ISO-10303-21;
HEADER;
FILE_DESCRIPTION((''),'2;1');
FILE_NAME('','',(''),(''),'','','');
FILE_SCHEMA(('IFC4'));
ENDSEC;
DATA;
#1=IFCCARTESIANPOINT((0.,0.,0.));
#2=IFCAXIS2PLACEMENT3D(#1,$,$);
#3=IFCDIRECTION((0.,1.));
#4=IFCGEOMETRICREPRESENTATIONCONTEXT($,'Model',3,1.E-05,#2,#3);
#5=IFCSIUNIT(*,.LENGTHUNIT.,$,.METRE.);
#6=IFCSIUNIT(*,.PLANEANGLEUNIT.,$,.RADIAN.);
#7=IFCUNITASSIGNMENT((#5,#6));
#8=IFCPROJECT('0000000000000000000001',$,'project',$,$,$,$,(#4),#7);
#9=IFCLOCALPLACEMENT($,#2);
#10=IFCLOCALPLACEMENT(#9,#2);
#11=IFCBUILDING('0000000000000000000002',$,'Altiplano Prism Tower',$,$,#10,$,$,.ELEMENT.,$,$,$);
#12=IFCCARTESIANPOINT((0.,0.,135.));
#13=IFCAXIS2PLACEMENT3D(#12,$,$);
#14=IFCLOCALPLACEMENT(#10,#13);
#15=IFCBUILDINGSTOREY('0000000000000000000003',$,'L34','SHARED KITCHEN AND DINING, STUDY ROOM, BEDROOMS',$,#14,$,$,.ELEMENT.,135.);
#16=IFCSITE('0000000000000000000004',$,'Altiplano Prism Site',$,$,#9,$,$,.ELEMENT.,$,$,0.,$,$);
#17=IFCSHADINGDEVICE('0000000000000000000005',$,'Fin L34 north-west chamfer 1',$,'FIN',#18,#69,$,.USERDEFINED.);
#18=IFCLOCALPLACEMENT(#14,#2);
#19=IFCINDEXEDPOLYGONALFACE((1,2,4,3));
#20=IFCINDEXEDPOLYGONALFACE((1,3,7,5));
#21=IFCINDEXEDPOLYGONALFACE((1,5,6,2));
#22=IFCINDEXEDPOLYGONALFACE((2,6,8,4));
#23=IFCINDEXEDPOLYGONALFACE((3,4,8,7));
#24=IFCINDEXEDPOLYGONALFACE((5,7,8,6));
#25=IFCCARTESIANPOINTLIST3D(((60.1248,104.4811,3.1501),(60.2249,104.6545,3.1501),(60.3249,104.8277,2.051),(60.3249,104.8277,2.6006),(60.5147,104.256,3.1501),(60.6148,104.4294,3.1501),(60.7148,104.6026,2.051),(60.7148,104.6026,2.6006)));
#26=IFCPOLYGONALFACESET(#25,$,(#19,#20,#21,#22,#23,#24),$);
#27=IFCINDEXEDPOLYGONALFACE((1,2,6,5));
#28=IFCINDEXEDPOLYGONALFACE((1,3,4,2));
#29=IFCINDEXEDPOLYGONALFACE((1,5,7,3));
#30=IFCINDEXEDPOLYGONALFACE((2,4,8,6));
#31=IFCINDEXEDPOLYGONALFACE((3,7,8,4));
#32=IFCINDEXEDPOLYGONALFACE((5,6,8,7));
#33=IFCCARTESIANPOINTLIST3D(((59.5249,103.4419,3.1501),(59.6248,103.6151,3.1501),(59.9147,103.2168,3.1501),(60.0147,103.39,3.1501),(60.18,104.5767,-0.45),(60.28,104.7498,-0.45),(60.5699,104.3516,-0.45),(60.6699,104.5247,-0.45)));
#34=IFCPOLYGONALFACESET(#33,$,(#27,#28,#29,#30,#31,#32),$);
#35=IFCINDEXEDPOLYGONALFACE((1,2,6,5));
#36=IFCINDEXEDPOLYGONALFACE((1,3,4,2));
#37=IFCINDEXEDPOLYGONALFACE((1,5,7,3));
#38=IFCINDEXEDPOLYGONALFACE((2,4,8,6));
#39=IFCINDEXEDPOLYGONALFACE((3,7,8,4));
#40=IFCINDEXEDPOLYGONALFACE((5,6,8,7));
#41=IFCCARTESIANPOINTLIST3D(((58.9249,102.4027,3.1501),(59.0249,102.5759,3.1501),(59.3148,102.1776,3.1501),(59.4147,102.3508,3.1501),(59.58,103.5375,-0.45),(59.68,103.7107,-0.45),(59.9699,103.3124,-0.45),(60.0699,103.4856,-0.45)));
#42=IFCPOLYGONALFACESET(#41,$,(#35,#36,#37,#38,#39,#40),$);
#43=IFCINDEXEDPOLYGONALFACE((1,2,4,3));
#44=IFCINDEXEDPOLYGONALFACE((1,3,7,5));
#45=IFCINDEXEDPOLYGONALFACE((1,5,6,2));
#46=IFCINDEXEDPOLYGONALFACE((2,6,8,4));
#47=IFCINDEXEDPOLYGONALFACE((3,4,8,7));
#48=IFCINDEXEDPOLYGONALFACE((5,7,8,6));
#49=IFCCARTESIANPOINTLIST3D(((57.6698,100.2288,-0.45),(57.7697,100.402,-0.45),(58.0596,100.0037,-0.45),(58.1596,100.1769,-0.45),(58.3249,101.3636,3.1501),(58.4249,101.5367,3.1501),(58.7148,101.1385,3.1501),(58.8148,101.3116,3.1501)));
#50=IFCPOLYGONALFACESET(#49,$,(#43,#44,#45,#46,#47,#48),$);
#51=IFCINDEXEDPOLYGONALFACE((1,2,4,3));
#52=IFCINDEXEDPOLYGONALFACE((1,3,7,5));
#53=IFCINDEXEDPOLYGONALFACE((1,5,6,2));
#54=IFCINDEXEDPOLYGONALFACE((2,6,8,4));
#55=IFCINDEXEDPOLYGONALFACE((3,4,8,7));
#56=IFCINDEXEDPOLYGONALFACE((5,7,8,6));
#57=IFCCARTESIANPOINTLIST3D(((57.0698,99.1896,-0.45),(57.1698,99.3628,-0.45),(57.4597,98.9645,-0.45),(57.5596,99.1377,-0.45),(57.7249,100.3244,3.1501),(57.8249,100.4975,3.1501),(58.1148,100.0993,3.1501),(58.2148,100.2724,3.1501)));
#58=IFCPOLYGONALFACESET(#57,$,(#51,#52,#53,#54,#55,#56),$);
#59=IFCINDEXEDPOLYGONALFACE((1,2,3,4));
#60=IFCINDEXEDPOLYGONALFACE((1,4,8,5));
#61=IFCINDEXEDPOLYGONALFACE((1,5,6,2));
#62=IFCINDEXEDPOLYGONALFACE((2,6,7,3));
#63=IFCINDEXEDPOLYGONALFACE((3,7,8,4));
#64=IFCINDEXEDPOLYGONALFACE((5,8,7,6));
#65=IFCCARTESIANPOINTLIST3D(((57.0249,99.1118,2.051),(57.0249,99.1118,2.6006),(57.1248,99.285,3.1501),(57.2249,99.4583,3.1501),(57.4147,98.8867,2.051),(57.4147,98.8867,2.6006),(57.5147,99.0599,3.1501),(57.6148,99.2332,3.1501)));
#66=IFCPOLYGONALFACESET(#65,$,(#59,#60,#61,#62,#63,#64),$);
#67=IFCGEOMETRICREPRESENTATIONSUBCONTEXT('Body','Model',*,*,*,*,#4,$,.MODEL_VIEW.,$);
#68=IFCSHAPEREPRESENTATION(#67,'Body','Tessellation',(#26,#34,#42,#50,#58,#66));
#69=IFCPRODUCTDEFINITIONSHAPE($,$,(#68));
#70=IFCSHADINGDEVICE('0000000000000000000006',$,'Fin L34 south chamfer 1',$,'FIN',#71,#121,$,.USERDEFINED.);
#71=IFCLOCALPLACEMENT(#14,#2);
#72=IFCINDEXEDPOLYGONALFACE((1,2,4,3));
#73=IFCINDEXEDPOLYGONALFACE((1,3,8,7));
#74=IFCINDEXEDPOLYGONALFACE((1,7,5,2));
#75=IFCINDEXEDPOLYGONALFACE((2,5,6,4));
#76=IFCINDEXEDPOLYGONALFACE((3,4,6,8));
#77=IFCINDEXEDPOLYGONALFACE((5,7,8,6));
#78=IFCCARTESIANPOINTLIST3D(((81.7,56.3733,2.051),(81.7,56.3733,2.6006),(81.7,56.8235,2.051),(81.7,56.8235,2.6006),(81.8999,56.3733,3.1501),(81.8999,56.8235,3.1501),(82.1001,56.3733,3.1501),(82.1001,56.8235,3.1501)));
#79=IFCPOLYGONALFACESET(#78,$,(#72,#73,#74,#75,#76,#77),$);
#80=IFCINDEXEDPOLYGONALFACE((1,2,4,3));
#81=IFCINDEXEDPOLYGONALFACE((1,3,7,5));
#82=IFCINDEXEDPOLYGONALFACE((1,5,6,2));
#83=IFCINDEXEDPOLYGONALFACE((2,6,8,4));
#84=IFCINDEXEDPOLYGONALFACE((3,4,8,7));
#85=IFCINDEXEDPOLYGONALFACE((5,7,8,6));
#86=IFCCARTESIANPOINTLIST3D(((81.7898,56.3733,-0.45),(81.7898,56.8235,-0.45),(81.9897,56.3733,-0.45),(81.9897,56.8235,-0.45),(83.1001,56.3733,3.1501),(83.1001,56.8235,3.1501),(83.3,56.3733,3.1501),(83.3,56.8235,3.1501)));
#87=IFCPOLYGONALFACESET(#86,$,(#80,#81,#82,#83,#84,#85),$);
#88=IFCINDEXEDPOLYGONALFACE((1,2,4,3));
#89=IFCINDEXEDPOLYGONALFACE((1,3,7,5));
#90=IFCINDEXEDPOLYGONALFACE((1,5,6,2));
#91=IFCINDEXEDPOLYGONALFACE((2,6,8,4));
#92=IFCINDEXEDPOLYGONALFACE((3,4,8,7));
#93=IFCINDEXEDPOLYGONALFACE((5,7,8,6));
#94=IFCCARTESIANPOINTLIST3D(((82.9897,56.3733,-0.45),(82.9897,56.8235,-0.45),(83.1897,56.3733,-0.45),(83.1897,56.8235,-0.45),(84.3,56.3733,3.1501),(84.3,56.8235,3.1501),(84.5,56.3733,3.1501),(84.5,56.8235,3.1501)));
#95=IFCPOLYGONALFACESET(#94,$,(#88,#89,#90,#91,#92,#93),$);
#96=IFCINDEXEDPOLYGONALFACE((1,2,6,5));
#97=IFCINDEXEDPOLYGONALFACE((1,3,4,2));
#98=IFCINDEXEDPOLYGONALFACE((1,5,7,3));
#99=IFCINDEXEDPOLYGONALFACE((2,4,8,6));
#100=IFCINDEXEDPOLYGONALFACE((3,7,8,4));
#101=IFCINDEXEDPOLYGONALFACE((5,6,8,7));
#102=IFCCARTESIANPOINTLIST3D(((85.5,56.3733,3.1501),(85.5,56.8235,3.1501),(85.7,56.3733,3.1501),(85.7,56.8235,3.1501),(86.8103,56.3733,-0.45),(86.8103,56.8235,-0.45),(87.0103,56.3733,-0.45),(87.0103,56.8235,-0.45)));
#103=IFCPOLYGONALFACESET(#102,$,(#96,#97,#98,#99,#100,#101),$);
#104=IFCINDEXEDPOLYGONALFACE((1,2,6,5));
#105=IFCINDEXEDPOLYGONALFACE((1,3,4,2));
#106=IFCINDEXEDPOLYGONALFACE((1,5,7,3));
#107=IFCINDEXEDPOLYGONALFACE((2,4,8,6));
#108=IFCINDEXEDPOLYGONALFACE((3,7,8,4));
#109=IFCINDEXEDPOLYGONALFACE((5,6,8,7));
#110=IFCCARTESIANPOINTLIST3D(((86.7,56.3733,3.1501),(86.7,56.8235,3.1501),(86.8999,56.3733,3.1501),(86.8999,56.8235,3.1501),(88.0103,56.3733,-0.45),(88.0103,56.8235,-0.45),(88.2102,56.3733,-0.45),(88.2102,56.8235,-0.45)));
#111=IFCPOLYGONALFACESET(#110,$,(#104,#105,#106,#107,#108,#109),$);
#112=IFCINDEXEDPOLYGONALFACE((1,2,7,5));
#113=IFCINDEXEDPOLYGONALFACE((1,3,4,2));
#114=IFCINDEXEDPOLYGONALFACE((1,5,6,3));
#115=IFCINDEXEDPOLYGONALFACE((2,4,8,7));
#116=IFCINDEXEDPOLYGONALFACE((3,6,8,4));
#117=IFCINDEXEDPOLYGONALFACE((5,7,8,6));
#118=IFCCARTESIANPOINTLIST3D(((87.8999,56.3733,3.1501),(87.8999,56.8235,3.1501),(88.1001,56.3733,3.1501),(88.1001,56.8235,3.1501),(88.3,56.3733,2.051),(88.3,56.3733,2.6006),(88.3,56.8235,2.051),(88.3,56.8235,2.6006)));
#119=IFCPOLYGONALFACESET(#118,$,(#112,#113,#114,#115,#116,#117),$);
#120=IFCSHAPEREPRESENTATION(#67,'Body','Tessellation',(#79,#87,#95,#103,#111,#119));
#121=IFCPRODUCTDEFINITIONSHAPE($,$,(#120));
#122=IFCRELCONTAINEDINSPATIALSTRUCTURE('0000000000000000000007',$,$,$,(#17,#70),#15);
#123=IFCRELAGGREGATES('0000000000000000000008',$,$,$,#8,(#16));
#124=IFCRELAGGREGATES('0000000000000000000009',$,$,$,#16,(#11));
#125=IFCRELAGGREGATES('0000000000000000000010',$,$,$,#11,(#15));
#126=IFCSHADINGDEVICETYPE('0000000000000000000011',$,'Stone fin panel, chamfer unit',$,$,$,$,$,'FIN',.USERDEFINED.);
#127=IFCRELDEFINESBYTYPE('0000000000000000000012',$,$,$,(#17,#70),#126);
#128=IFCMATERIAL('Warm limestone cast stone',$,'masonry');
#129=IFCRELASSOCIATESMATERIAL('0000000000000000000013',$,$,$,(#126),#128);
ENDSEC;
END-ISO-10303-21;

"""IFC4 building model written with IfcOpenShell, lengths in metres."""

from ifc_helpers import new_model, si_unit, direction, frame, origin, place, context, subcontext, project, spatial, polyline, outline, extrude, source, transform, mapped, material, type_object, element, save


model = new_model("IFC4")

# Units and contexts
model_context = context("Model", 3, precision=1e-05, world=origin(), true_north=direction((0.0, 1.0)))
body_context = subcontext(model_context, "Body", "Model", "MODEL_VIEW")
ifc_project = project(units=[si_unit("LENGTHUNIT", "METRE"), si_unit("PLANEANGLEUNIT", "RADIAN")], contexts=[model_context])

# Site, building, storey
site_placement = place(None, origin())
site = spatial("IfcSite", under=ifc_project, at=site_placement, Name="Altiplano Prism Site", CompositionType="ELEMENT", RefElevation=0.0)
building_placement = place(site_placement, origin())
building = spatial("IfcBuilding", under=site, at=building_placement, Name="Altiplano Prism Tower", CompositionType="ELEMENT")
storey_placement = place(building_placement, frame((0.0, 0.0, 135.0)))
storey = spatial("IfcBuildingStorey", under=building, at=storey_placement, Name="L34", Description="SHARED KITCHEN AND DINING, STUDY ROOM, BEDROOMS", CompositionType="ELEMENT", Elevation=135.0)

# Shading devices
ifc_material_1 = material(Name="Warm limestone cast stone", Category="masonry")
shading_device_type_1 = type_object("IfcShadingDeviceType", Name="Stone fin panel, chamfer unit", ElementType="FIN", PredefinedType="USERDEFINED", material=ifc_material_1)
shared_shape_1 = source(origin(), body_context, "Body", "SweptSolid", [
    extrude(outline(polyline([(-3.3, 2.501), (-2.8999, 3.6001), (-3.1001, 3.6001), (-3.3, 3.0505), (-3.3, 2.501)])), frame((0.0, -0.1499, 0.0), z_axis=(0.0, -1.0, 0.0), x_axis=(1.0, 0.0, 0.0)), (0.0, 0.0, 1.0), 0.4502),
    extrude(outline(polyline([(-3.2102, 0.0), (-3.0103, 0.0), (-1.7, 3.6001), (-1.8999, 3.6001), (-3.2102, 0.0)])), frame((0.0, -0.1499, 0.0), z_axis=(0.0, -1.0, 0.0), x_axis=(1.0, 0.0, 0.0)), (0.0, 0.0, 1.0), 0.4502),
    extrude(outline(polyline([(-2.0103, 0.0), (-1.8103, 0.0), (-0.5, 3.6001), (-0.7, 3.6001), (-2.0103, 0.0)])), frame((0.0, -0.1499, 0.0), z_axis=(0.0, -1.0, 0.0), x_axis=(1.0, 0.0, 0.0)), (0.0, 0.0, 1.0), 0.4502),
    extrude(outline(polyline([(1.8103, 0.0), (2.0103, 0.0), (0.7, 3.6001), (0.5, 3.6001), (1.8103, 0.0)])), frame((0.0, -0.1499, 0.0), z_axis=(0.0, -1.0, 0.0), x_axis=(1.0, 0.0, 0.0)), (0.0, 0.0, 1.0), 0.4502),
    extrude(outline(polyline([(3.0103, 0.0), (3.2102, 0.0), (1.8999, 3.6001), (1.7, 3.6001), (3.0103, 0.0)])), frame((0.0, -0.1499, 0.0), z_axis=(0.0, -1.0, 0.0), x_axis=(1.0, 0.0, 0.0)), (0.0, 0.0, 1.0), 0.4502),
    extrude(outline(polyline([(3.3, 3.0505), (3.1001, 3.6001), (2.8999, 3.6001), (3.3, 2.501), (3.3, 3.0505)])), frame((0.0, -0.1499, 0.0), z_axis=(0.0, -1.0, 0.0), x_axis=(1.0, 0.0, 0.0)), (0.0, 0.0, 1.0), 0.4502),
])
shading_device_1_placement = place(storey_placement, origin())
element("IfcShadingDevice", 1, at=shading_device_1_placement, inside=storey, type_object=shading_device_type_1, Name="Fin L34 north-west chamfer 1", ObjectType="FIN", PredefinedType="USERDEFINED", context=body_context, shape_type="MappedRepresentation", body=[
    mapped(shared_shape_1, transform((59.1946, 101.6697, -0.45), x_axis=(-0.5, -0.866025, 0.0), y_axis=(0.866025, -0.5, 0.0), z_axis=(0.0, 0.0, 1.0))),
])
shading_device_2_placement = place(storey_placement, origin())
element("IfcShadingDevice", 2, at=shading_device_2_placement, inside=storey, type_object=shading_device_type_1, Name="Fin L34 south chamfer 1", ObjectType="FIN", PredefinedType="USERDEFINED", context=body_context, shape_type="MappedRepresentation", body=[
    mapped(shared_shape_1, transform((85.0, 56.9734, -0.45), x_axis=(1.0, 0.0, 0.0), y_axis=(0.0, 1.0, 0.0), z_axis=(0.0, 0.0, 1.0))),
])

save(model, "model.ifc")
